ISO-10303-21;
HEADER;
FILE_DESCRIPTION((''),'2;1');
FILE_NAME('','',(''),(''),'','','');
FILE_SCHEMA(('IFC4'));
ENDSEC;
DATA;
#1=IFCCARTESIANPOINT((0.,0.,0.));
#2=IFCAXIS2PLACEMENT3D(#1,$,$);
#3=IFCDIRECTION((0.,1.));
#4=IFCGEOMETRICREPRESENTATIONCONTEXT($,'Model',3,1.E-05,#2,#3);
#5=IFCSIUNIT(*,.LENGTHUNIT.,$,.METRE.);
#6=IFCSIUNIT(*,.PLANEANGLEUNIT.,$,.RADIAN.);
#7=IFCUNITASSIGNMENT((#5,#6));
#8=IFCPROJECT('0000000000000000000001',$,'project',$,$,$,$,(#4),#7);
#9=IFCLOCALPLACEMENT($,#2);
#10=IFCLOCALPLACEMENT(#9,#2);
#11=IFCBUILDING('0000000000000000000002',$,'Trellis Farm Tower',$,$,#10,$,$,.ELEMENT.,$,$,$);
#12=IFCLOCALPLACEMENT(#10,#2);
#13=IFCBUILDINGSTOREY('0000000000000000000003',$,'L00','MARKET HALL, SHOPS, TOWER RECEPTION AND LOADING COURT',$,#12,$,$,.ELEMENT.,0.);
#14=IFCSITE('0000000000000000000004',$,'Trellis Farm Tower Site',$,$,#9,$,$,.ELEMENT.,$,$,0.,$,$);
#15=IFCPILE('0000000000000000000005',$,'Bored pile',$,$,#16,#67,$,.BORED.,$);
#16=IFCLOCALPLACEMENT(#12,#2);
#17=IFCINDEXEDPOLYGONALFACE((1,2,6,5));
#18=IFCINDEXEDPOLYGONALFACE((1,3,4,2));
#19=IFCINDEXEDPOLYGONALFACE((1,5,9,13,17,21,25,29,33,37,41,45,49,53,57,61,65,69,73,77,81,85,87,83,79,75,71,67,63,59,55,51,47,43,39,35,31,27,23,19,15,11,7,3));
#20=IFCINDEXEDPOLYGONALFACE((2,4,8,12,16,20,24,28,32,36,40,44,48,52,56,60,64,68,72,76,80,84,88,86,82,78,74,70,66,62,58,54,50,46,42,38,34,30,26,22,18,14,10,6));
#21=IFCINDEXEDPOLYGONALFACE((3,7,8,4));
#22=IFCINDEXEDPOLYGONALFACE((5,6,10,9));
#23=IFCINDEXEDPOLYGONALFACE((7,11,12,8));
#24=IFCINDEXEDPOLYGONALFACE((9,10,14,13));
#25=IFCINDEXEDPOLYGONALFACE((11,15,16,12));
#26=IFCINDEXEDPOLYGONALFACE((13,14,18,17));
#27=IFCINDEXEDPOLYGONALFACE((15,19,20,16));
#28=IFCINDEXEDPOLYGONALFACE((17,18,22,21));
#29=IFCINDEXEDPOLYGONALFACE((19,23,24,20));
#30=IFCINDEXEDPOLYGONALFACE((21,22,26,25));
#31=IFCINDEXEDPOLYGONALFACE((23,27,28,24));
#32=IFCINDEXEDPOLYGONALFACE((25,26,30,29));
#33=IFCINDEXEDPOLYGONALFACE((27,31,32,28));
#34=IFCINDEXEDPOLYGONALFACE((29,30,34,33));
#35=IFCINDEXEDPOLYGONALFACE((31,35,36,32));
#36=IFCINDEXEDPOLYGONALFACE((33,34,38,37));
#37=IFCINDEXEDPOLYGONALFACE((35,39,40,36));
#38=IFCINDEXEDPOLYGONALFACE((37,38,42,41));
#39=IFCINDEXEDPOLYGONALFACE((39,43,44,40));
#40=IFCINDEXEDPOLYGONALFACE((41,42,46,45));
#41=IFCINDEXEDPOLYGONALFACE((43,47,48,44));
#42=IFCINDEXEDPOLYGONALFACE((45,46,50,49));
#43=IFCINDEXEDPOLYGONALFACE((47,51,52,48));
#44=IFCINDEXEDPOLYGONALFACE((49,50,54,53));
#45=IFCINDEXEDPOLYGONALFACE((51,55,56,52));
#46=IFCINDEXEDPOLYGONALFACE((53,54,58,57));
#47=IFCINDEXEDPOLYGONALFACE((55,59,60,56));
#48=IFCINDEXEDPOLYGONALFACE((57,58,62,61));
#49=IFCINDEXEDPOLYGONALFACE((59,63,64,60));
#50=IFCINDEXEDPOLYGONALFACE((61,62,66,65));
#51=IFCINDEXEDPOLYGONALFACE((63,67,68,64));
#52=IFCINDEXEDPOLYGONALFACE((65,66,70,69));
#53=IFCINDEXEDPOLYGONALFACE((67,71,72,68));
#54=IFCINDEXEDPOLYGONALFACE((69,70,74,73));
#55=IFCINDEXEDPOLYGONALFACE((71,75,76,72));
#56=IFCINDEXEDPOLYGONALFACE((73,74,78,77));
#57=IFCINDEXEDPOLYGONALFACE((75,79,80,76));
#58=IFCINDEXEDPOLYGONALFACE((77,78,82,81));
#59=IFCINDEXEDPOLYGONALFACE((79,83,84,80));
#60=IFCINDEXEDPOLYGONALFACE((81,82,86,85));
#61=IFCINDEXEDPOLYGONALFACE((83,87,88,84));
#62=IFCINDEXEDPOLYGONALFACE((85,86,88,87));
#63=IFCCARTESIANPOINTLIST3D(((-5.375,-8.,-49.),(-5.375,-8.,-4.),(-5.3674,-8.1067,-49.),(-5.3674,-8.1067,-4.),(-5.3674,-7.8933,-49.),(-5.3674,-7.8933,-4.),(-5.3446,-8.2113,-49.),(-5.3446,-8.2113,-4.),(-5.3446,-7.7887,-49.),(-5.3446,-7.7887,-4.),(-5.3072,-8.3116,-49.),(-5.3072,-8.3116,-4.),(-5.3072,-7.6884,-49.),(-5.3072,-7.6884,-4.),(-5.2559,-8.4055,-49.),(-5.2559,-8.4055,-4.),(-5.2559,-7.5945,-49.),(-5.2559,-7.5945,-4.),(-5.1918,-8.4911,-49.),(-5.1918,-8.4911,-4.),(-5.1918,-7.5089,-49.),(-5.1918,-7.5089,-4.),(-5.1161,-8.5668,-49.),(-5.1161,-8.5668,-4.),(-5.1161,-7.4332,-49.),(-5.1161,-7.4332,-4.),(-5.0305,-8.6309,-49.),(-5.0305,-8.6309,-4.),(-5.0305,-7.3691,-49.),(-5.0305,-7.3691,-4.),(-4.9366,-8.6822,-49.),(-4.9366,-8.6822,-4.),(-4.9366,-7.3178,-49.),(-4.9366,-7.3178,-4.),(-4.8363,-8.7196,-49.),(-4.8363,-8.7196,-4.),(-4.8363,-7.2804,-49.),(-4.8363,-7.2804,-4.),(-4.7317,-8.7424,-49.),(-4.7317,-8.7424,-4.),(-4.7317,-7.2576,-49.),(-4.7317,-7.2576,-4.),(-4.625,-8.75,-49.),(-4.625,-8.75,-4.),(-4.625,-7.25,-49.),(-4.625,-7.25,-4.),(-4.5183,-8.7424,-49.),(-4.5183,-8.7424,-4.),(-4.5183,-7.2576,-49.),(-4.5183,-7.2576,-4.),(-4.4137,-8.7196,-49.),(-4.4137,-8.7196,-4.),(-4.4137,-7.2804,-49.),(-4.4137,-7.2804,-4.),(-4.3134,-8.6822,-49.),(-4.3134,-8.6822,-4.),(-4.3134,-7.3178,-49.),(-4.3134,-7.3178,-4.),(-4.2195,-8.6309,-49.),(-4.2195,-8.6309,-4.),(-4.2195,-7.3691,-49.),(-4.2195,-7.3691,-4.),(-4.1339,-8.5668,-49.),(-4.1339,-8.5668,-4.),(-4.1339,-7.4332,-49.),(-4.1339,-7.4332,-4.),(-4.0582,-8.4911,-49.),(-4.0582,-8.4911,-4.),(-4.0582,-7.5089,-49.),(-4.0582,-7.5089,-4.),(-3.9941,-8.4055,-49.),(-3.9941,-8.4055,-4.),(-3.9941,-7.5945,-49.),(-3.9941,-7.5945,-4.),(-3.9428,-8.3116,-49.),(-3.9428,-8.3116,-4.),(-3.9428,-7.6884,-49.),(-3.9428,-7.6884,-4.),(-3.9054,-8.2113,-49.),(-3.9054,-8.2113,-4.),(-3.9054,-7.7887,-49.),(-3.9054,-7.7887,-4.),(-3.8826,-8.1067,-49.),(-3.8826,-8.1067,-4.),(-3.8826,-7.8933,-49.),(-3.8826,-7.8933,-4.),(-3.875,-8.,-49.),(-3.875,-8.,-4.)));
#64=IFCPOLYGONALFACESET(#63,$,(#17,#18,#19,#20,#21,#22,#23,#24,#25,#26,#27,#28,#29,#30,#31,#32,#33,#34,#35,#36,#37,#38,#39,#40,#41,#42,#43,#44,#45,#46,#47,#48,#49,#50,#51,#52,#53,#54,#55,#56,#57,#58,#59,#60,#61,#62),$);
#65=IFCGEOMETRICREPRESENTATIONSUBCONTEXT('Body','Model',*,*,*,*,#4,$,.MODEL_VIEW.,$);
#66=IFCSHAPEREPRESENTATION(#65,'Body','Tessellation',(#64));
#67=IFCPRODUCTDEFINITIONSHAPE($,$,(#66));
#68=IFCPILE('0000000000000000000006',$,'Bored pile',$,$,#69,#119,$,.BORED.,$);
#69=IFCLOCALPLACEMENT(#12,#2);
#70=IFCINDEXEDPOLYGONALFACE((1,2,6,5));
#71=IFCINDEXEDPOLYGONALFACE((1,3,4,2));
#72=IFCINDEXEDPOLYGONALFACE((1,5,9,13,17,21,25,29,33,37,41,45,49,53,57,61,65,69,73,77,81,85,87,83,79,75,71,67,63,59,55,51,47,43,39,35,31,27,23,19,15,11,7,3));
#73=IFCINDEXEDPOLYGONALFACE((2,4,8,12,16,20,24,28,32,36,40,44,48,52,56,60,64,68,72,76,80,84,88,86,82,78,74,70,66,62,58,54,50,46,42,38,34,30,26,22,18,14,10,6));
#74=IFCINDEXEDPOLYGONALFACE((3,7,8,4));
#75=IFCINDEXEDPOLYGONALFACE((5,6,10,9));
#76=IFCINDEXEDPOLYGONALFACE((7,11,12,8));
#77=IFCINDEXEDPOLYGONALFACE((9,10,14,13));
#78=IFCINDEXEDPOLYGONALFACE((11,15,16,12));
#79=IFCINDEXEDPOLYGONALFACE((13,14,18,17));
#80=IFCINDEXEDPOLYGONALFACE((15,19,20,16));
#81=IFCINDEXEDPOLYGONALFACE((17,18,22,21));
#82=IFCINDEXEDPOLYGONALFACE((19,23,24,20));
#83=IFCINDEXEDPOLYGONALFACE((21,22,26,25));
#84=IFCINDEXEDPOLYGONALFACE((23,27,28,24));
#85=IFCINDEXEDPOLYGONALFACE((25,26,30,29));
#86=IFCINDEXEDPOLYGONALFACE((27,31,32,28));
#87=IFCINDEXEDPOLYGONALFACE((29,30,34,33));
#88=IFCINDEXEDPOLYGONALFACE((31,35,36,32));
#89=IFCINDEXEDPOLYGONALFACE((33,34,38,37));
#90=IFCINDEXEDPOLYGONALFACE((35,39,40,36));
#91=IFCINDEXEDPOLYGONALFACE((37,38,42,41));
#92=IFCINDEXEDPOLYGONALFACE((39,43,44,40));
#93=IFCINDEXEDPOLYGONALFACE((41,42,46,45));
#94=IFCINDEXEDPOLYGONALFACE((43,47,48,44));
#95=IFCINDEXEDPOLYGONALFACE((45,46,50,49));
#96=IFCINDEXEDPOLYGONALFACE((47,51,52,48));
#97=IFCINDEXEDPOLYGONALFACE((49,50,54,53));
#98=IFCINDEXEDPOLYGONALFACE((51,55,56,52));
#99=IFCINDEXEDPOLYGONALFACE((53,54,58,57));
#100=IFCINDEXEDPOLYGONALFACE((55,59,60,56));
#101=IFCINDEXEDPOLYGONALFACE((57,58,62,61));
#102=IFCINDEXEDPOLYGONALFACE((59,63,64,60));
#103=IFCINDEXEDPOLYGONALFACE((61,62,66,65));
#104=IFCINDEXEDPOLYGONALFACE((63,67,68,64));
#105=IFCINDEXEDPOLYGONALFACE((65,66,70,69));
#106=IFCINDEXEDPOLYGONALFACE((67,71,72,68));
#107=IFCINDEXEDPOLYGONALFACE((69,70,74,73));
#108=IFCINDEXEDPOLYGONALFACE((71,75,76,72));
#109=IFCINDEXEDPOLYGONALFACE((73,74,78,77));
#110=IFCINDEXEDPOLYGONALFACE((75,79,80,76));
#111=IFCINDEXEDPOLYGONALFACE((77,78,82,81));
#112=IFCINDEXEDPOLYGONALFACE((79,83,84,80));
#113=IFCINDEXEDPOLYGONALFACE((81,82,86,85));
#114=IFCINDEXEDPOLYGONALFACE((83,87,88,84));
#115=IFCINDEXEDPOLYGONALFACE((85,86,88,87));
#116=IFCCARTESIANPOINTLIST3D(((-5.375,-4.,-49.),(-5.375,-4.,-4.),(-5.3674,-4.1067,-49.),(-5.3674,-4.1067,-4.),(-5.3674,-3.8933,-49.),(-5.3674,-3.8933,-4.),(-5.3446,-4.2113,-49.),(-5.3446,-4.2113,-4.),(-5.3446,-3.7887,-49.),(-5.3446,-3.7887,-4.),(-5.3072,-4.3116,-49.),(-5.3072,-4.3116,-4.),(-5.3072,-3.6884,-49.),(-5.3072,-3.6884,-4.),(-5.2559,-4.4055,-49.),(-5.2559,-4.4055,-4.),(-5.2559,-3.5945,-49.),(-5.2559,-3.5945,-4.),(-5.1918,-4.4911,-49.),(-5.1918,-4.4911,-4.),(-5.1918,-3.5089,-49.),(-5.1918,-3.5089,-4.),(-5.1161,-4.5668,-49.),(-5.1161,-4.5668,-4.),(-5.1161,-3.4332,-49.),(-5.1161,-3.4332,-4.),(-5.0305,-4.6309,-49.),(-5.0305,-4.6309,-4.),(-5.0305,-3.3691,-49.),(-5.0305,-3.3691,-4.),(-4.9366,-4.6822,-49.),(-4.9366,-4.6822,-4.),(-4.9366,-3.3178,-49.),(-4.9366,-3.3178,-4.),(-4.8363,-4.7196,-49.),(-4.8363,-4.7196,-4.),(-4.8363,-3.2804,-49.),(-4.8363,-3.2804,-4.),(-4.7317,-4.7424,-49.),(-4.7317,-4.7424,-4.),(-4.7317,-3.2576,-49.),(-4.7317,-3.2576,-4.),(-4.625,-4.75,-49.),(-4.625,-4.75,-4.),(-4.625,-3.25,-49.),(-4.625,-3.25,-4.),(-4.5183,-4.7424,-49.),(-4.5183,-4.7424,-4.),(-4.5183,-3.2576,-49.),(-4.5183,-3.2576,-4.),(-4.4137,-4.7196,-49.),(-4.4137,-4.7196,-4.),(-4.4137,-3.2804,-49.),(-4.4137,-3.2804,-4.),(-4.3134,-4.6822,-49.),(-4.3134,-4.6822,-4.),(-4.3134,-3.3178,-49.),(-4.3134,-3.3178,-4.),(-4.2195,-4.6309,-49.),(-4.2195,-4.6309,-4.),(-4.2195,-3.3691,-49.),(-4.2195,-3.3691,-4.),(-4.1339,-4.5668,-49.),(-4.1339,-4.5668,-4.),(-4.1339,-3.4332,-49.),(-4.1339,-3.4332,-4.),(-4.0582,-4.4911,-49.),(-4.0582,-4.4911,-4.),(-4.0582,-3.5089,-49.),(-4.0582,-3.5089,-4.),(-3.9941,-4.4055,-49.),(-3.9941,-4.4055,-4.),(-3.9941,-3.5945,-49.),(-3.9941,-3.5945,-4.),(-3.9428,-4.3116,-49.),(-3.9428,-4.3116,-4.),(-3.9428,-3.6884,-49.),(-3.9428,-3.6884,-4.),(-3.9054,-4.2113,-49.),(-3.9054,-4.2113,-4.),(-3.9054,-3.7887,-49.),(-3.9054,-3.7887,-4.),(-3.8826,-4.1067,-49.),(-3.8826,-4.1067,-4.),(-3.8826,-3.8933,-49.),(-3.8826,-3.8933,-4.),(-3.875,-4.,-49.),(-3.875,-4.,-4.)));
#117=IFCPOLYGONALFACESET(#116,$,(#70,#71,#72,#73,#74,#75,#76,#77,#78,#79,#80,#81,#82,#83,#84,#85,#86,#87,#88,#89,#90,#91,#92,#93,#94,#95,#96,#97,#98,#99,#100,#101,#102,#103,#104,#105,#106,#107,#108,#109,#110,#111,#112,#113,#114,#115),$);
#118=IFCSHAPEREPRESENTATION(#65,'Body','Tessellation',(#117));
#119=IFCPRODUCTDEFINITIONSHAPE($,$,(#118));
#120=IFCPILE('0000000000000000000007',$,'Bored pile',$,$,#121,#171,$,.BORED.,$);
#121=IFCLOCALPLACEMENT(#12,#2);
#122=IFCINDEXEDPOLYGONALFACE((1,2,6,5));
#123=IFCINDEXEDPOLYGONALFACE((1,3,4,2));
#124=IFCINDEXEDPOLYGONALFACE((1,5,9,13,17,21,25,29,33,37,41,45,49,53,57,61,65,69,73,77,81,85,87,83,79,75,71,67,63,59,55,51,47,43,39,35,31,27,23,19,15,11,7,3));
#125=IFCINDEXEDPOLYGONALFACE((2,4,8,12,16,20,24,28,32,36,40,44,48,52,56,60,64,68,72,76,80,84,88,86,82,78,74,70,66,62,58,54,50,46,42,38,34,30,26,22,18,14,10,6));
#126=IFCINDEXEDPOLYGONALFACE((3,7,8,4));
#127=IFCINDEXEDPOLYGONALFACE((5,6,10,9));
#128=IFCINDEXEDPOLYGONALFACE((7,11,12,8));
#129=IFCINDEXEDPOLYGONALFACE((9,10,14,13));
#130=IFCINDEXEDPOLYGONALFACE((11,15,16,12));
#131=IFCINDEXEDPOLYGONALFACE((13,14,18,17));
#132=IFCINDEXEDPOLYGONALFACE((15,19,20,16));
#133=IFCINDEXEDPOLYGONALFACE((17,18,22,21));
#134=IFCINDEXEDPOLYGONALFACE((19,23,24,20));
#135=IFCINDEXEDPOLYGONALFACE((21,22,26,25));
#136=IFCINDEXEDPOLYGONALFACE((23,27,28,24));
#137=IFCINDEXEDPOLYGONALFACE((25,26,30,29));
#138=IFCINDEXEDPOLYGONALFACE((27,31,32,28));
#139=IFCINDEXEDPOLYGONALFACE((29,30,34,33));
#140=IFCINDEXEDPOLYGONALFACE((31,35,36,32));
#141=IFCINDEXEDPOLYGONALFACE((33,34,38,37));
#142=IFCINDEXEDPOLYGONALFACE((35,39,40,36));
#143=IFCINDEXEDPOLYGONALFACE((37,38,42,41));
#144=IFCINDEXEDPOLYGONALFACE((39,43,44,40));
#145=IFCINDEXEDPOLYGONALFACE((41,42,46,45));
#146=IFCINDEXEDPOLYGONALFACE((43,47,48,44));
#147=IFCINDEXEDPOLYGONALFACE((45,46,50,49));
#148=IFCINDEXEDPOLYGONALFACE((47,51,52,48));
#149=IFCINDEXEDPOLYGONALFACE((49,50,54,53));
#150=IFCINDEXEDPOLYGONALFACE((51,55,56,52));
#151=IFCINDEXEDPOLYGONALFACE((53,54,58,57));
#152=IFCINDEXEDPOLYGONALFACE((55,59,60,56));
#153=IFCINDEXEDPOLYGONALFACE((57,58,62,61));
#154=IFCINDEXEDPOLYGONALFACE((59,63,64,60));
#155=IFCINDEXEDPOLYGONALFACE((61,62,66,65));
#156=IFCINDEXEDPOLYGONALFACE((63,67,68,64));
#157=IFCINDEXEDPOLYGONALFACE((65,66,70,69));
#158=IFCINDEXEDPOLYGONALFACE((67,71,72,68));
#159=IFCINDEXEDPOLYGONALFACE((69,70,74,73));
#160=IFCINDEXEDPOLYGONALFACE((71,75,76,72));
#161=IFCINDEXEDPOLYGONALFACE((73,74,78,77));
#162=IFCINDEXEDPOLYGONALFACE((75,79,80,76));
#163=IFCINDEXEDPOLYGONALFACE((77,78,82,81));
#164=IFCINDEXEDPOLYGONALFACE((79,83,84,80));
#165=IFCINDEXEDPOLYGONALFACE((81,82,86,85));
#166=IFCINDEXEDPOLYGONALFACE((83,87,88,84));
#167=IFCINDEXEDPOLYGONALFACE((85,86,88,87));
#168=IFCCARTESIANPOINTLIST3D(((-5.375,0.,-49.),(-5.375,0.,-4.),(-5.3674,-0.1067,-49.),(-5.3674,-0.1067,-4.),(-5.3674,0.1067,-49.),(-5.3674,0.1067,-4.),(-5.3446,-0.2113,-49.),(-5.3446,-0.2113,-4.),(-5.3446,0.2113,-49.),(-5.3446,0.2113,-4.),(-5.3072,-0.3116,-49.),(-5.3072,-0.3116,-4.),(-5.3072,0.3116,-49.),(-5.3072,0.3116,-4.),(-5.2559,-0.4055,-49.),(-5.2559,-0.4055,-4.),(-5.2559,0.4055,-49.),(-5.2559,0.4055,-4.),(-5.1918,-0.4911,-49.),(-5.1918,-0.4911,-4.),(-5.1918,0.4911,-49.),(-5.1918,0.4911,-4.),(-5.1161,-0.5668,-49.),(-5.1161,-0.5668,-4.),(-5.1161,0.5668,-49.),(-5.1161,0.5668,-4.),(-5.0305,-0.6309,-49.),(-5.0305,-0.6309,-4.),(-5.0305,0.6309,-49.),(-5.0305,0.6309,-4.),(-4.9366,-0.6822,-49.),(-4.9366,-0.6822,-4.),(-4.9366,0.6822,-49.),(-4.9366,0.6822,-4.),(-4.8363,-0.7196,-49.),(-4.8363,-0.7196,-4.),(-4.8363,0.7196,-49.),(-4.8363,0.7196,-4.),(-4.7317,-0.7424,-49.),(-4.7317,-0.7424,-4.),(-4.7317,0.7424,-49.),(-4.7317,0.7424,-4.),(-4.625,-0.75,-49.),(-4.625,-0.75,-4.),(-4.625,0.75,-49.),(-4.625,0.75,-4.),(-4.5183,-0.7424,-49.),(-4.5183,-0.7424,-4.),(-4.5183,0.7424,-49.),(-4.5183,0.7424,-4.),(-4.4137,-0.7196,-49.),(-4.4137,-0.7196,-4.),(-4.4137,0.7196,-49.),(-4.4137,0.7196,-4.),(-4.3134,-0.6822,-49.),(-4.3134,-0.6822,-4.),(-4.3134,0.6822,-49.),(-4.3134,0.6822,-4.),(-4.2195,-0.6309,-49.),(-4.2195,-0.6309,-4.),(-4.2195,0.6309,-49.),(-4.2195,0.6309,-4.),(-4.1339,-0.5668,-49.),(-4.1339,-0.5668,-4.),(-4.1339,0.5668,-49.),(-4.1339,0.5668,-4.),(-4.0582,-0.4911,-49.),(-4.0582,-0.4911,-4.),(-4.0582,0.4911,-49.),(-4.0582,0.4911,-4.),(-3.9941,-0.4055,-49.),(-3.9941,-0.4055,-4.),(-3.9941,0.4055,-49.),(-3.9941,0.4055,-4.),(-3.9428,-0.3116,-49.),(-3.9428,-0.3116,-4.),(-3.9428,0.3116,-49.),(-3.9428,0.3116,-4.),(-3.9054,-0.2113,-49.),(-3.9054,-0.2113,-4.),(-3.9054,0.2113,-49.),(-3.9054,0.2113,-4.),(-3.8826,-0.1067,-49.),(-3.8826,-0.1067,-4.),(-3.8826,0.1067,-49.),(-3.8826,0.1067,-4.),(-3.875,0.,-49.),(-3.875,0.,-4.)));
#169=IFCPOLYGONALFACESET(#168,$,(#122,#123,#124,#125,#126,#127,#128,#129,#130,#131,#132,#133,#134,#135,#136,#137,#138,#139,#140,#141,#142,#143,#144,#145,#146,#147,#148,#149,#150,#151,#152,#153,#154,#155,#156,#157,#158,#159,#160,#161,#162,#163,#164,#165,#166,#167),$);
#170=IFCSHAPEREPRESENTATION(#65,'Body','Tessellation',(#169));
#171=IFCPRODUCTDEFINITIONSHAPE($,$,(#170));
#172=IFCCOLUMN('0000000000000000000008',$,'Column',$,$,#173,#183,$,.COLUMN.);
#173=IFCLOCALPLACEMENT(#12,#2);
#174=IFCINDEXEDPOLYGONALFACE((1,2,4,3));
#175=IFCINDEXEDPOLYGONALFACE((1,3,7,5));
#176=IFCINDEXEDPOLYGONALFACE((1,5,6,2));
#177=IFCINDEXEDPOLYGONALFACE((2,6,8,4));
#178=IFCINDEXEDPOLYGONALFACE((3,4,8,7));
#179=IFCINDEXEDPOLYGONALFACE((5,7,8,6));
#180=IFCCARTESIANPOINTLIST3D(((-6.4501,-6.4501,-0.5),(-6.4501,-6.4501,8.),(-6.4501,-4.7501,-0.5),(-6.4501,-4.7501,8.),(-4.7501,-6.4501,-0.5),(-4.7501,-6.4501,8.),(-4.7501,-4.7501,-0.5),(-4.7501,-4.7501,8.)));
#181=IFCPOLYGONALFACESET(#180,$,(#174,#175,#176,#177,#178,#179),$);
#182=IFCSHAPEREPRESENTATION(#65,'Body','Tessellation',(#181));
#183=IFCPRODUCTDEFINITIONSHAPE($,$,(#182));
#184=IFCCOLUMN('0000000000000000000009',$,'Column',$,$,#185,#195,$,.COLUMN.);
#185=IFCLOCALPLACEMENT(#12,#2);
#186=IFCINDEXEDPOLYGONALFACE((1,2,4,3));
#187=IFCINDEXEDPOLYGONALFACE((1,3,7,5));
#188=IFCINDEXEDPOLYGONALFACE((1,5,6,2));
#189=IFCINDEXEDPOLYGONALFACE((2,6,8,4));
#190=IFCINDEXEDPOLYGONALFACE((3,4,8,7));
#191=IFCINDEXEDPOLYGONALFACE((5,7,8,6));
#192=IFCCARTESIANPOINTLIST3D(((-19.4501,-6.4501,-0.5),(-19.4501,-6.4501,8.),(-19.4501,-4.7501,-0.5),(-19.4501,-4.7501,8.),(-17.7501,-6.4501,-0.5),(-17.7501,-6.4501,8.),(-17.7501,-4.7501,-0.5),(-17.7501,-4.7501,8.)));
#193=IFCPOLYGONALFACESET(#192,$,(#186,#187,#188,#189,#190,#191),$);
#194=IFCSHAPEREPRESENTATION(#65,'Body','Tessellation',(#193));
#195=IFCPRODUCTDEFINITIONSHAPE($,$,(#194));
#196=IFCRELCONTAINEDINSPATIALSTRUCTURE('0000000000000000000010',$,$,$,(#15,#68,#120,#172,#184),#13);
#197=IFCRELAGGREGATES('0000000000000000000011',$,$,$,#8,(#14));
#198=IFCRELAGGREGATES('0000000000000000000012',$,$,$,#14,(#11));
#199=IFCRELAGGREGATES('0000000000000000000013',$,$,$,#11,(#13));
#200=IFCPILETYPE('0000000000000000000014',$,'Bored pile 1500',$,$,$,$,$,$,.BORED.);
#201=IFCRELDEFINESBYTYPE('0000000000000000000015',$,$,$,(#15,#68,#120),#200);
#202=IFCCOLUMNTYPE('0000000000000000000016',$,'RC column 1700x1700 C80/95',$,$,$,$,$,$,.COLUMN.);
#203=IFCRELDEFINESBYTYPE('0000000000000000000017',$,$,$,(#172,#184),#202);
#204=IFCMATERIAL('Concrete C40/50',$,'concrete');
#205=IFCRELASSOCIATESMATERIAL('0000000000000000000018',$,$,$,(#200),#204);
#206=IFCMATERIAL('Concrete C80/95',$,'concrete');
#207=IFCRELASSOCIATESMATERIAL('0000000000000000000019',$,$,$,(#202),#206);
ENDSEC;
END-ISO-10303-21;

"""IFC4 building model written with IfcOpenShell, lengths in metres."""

from ifc_helpers import new_model, si_unit, direction, frame, origin, origin_2d, place, context, subcontext, project, spatial, rectangle, circle, extrude, source, transform, mapped, material, material_profile, profile_set, type_object, element, save


model = new_model("IFC4")

# Units and contexts
model_context = context("Model", 3, precision=1e-05, world=origin(), true_north=direction((0.0, 1.0)))
body_context = subcontext(model_context, "Body", "Model", "MODEL_VIEW")
ifc_project = project(units=[si_unit("LENGTHUNIT", "METRE"), si_unit("PLANEANGLEUNIT", "RADIAN")], contexts=[model_context])

# Site, building, storey
site_placement = place(None, origin())
site = spatial("IfcSite", under=ifc_project, at=site_placement, Name="Trellis Farm Tower Site", CompositionType="ELEMENT", RefElevation=0.0)
building_placement = place(site_placement, origin())
building = spatial("IfcBuilding", under=site, at=building_placement, Name="Trellis Farm Tower", CompositionType="ELEMENT")
storey_placement = place(building_placement, origin())
storey = spatial("IfcBuildingStorey", under=building, at=storey_placement, Name="L00", Description="MARKET HALL, SHOPS, TOWER RECEPTION AND LOADING COURT", CompositionType="ELEMENT", Elevation=0.0)

# Piles
ifc_material_1 = material(Name="Concrete C40/50", Category="concrete")
ifc_material_profile_1 = material_profile(ifc_material_1, circle(Radius=0.75, at=origin_2d()), Name="Bored pile 1500")
ifc_profile_set_1 = profile_set([ifc_material_profile_1], Name="Concrete C40/50")
pile_type = type_object("IfcPileType", Name="Bored pile 1500", PredefinedType="BORED", material=ifc_profile_set_1)
shared_shape_1 = source(origin(), body_context, "Body", "SweptSolid", [
    extrude(circle(Radius=0.75, at=origin_2d()), origin(), (0.0, 0.0, 1.0), 45.0),
])
for number, where, z_axis, x_axis, name in (
    (1, (-4.625, -8.0, -4.0), (0.0, 0.0, -1.0), (1.0, 0.0, 0.0), "Bored pile"),
    (2, (-4.625, -4.0, -4.0), (0.0, 0.0, -1.0), (1.0, 0.0, 0.0), "Bored pile"),
    (3, (-4.625, 0.0, -4.0), (0.0, 0.0, -1.0), (1.0, 0.0, 0.0), "Bored pile"),
):
    element("IfcPile", number, at=place(storey_placement, frame(where, z_axis=z_axis, x_axis=x_axis)), inside=storey, type_object=pile_type, Name=name, PredefinedType="BORED", context=body_context, shape_type="MappedRepresentation", body=[
        mapped(shared_shape_1, transform((0.0, 0.0, 0.0))),
    ])

# Columns
ifc_material_2 = material(Name="Concrete C80/95", Category="concrete")
ifc_material_profile_2 = material_profile(ifc_material_2, rectangle(XDim=1.7, YDim=1.7, at=origin_2d()), Name="RC column 1700x1700 C80/95")
ifc_profile_set_2 = profile_set([ifc_material_profile_2], Name="Concrete C80/95")
column_type = type_object("IfcColumnType", Name="RC column 1700x1700 C80/95", PredefinedType="COLUMN", material=ifc_profile_set_2)
shared_shape_2 = source(origin(), body_context, "Body", "SweptSolid", [
    extrude(rectangle(XDim=1.7, YDim=1.7, at=origin_2d()), origin(), (0.0, 0.0, 1.0), 8.5),
])
for number, where, z_axis, x_axis, name in (
    (4, (-5.6001, -5.6001, -0.5), (0.0, 0.0, 1.0), (1.0, 0.0, 0.0), "Column"),
    (5, (-18.6001, -5.6001, -0.5), (0.0, 0.0, 1.0), (1.0, 0.0, 0.0), "Column"),
):
    element("IfcColumn", number, at=place(storey_placement, frame(where, z_axis=z_axis, x_axis=x_axis)), inside=storey, type_object=column_type, Name=name, PredefinedType="COLUMN", context=body_context, shape_type="MappedRepresentation", body=[
        mapped(shared_shape_2, transform((0.0, 0.0, 0.0))),
    ])

save(model, "model.ifc")
